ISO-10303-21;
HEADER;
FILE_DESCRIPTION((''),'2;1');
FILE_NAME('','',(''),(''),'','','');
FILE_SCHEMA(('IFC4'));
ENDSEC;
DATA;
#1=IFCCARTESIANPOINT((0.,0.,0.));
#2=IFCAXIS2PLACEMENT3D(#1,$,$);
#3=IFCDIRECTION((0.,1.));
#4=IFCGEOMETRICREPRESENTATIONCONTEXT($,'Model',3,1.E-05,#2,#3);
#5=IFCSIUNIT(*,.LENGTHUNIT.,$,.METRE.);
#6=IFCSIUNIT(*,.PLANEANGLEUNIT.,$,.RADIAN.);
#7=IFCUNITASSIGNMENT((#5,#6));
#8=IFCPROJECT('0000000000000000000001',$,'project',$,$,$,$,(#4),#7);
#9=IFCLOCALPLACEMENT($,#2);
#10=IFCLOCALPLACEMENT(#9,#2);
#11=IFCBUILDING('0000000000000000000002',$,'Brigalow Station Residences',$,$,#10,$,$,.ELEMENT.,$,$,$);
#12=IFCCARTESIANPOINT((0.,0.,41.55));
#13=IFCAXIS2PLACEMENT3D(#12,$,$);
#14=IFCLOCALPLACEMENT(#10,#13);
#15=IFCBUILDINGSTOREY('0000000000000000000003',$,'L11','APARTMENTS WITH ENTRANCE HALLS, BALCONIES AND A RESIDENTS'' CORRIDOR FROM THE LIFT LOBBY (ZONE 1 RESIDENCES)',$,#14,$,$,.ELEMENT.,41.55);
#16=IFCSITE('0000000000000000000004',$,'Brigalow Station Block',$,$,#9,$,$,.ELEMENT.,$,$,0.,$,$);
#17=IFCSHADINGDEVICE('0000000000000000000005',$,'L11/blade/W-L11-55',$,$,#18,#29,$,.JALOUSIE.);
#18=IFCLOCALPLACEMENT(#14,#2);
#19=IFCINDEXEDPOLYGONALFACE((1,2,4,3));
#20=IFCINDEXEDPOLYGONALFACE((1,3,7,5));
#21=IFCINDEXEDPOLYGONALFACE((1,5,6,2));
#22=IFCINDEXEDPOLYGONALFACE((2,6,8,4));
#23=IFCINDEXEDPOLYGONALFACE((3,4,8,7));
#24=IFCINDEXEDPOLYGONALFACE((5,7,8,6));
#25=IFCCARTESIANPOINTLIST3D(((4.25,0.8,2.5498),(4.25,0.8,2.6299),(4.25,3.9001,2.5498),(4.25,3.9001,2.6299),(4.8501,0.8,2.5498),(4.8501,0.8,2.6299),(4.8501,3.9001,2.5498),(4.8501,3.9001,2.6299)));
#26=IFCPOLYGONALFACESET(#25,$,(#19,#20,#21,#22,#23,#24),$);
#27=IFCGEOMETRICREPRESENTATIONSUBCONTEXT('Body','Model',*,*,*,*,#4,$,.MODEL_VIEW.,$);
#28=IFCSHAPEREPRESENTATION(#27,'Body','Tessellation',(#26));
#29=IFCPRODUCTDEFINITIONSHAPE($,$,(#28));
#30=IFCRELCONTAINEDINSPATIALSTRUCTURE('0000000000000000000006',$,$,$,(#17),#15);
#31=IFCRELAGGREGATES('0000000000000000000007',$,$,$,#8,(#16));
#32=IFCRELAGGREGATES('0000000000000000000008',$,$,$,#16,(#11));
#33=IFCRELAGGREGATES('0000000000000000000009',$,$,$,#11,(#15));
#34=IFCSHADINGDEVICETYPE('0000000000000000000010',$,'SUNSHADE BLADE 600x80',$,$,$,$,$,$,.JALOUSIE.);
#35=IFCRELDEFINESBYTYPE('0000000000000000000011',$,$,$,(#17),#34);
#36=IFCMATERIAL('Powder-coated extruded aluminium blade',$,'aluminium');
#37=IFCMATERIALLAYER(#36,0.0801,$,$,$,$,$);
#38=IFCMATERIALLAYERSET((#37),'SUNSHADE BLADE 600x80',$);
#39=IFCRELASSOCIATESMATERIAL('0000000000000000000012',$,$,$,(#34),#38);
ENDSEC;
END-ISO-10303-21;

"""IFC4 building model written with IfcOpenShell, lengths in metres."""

from ifc_helpers import new_model, si_unit, direction, frame, origin, origin_2d, place, context, subcontext, project, spatial, rectangle, extrude, material, layer, layer_set, type_object, element, save


model = new_model("IFC4")

# Units and contexts
model_context = context("Model", 3, precision=1e-05, world=origin(), true_north=direction((0.0, 1.0)))
body_context = subcontext(model_context, "Body", "Model", "MODEL_VIEW")
ifc_project = project(units=[si_unit("LENGTHUNIT", "METRE"), si_unit("PLANEANGLEUNIT", "RADIAN")], contexts=[model_context])

# Site, building, storey
site_placement = place(None, origin())
site = spatial("IfcSite", under=ifc_project, at=site_placement, Name="Brigalow Station Block", CompositionType="ELEMENT", RefElevation=0.0)
building_placement = place(site_placement, origin())
building = spatial("IfcBuilding", under=site, at=building_placement, Name="Brigalow Station Residences", CompositionType="ELEMENT")
storey_placement = place(building_placement, frame((0.0, 0.0, 41.55)))
storey = spatial("IfcBuildingStorey", under=building, at=storey_placement, Name="L11", Description="APARTMENTS WITH ENTRANCE HALLS, BALCONIES AND A RESIDENTS' CORRIDOR FROM THE LIFT LOBBY (ZONE 1 RESIDENCES)", CompositionType="ELEMENT", Elevation=41.55)

# Shading device
ifc_material_1 = material(Name="Powder-coated extruded aluminium blade", Category="aluminium")
ifc_layer_1 = layer(ifc_material_1, 0.0801)
ifc_layer_set_1 = layer_set([ifc_layer_1], Name="SUNSHADE BLADE 600x80")
shading_device_type = type_object("IfcShadingDeviceType", Name="SUNSHADE BLADE 600x80", PredefinedType="JALOUSIE", material=ifc_layer_set_1)
shading_device_1_placement = place(storey_placement, frame((4.55, 2.3501, 2.5498), z_axis=(0.0, 0.0, 1.0), x_axis=(0.0, -1.0, 0.0)))
element("IfcShadingDevice", 1, at=shading_device_1_placement, inside=storey, type_object=shading_device_type, Name="L11/blade/W-L11-55", PredefinedType="JALOUSIE", context=body_context, shape_type="SweptSolid", body=[
    extrude(rectangle(XDim=3.1001, YDim=0.6001, at=origin_2d()), origin(), (0.0, 0.0, 1.0), 0.0801),
])

save(model, "model.ifc")
